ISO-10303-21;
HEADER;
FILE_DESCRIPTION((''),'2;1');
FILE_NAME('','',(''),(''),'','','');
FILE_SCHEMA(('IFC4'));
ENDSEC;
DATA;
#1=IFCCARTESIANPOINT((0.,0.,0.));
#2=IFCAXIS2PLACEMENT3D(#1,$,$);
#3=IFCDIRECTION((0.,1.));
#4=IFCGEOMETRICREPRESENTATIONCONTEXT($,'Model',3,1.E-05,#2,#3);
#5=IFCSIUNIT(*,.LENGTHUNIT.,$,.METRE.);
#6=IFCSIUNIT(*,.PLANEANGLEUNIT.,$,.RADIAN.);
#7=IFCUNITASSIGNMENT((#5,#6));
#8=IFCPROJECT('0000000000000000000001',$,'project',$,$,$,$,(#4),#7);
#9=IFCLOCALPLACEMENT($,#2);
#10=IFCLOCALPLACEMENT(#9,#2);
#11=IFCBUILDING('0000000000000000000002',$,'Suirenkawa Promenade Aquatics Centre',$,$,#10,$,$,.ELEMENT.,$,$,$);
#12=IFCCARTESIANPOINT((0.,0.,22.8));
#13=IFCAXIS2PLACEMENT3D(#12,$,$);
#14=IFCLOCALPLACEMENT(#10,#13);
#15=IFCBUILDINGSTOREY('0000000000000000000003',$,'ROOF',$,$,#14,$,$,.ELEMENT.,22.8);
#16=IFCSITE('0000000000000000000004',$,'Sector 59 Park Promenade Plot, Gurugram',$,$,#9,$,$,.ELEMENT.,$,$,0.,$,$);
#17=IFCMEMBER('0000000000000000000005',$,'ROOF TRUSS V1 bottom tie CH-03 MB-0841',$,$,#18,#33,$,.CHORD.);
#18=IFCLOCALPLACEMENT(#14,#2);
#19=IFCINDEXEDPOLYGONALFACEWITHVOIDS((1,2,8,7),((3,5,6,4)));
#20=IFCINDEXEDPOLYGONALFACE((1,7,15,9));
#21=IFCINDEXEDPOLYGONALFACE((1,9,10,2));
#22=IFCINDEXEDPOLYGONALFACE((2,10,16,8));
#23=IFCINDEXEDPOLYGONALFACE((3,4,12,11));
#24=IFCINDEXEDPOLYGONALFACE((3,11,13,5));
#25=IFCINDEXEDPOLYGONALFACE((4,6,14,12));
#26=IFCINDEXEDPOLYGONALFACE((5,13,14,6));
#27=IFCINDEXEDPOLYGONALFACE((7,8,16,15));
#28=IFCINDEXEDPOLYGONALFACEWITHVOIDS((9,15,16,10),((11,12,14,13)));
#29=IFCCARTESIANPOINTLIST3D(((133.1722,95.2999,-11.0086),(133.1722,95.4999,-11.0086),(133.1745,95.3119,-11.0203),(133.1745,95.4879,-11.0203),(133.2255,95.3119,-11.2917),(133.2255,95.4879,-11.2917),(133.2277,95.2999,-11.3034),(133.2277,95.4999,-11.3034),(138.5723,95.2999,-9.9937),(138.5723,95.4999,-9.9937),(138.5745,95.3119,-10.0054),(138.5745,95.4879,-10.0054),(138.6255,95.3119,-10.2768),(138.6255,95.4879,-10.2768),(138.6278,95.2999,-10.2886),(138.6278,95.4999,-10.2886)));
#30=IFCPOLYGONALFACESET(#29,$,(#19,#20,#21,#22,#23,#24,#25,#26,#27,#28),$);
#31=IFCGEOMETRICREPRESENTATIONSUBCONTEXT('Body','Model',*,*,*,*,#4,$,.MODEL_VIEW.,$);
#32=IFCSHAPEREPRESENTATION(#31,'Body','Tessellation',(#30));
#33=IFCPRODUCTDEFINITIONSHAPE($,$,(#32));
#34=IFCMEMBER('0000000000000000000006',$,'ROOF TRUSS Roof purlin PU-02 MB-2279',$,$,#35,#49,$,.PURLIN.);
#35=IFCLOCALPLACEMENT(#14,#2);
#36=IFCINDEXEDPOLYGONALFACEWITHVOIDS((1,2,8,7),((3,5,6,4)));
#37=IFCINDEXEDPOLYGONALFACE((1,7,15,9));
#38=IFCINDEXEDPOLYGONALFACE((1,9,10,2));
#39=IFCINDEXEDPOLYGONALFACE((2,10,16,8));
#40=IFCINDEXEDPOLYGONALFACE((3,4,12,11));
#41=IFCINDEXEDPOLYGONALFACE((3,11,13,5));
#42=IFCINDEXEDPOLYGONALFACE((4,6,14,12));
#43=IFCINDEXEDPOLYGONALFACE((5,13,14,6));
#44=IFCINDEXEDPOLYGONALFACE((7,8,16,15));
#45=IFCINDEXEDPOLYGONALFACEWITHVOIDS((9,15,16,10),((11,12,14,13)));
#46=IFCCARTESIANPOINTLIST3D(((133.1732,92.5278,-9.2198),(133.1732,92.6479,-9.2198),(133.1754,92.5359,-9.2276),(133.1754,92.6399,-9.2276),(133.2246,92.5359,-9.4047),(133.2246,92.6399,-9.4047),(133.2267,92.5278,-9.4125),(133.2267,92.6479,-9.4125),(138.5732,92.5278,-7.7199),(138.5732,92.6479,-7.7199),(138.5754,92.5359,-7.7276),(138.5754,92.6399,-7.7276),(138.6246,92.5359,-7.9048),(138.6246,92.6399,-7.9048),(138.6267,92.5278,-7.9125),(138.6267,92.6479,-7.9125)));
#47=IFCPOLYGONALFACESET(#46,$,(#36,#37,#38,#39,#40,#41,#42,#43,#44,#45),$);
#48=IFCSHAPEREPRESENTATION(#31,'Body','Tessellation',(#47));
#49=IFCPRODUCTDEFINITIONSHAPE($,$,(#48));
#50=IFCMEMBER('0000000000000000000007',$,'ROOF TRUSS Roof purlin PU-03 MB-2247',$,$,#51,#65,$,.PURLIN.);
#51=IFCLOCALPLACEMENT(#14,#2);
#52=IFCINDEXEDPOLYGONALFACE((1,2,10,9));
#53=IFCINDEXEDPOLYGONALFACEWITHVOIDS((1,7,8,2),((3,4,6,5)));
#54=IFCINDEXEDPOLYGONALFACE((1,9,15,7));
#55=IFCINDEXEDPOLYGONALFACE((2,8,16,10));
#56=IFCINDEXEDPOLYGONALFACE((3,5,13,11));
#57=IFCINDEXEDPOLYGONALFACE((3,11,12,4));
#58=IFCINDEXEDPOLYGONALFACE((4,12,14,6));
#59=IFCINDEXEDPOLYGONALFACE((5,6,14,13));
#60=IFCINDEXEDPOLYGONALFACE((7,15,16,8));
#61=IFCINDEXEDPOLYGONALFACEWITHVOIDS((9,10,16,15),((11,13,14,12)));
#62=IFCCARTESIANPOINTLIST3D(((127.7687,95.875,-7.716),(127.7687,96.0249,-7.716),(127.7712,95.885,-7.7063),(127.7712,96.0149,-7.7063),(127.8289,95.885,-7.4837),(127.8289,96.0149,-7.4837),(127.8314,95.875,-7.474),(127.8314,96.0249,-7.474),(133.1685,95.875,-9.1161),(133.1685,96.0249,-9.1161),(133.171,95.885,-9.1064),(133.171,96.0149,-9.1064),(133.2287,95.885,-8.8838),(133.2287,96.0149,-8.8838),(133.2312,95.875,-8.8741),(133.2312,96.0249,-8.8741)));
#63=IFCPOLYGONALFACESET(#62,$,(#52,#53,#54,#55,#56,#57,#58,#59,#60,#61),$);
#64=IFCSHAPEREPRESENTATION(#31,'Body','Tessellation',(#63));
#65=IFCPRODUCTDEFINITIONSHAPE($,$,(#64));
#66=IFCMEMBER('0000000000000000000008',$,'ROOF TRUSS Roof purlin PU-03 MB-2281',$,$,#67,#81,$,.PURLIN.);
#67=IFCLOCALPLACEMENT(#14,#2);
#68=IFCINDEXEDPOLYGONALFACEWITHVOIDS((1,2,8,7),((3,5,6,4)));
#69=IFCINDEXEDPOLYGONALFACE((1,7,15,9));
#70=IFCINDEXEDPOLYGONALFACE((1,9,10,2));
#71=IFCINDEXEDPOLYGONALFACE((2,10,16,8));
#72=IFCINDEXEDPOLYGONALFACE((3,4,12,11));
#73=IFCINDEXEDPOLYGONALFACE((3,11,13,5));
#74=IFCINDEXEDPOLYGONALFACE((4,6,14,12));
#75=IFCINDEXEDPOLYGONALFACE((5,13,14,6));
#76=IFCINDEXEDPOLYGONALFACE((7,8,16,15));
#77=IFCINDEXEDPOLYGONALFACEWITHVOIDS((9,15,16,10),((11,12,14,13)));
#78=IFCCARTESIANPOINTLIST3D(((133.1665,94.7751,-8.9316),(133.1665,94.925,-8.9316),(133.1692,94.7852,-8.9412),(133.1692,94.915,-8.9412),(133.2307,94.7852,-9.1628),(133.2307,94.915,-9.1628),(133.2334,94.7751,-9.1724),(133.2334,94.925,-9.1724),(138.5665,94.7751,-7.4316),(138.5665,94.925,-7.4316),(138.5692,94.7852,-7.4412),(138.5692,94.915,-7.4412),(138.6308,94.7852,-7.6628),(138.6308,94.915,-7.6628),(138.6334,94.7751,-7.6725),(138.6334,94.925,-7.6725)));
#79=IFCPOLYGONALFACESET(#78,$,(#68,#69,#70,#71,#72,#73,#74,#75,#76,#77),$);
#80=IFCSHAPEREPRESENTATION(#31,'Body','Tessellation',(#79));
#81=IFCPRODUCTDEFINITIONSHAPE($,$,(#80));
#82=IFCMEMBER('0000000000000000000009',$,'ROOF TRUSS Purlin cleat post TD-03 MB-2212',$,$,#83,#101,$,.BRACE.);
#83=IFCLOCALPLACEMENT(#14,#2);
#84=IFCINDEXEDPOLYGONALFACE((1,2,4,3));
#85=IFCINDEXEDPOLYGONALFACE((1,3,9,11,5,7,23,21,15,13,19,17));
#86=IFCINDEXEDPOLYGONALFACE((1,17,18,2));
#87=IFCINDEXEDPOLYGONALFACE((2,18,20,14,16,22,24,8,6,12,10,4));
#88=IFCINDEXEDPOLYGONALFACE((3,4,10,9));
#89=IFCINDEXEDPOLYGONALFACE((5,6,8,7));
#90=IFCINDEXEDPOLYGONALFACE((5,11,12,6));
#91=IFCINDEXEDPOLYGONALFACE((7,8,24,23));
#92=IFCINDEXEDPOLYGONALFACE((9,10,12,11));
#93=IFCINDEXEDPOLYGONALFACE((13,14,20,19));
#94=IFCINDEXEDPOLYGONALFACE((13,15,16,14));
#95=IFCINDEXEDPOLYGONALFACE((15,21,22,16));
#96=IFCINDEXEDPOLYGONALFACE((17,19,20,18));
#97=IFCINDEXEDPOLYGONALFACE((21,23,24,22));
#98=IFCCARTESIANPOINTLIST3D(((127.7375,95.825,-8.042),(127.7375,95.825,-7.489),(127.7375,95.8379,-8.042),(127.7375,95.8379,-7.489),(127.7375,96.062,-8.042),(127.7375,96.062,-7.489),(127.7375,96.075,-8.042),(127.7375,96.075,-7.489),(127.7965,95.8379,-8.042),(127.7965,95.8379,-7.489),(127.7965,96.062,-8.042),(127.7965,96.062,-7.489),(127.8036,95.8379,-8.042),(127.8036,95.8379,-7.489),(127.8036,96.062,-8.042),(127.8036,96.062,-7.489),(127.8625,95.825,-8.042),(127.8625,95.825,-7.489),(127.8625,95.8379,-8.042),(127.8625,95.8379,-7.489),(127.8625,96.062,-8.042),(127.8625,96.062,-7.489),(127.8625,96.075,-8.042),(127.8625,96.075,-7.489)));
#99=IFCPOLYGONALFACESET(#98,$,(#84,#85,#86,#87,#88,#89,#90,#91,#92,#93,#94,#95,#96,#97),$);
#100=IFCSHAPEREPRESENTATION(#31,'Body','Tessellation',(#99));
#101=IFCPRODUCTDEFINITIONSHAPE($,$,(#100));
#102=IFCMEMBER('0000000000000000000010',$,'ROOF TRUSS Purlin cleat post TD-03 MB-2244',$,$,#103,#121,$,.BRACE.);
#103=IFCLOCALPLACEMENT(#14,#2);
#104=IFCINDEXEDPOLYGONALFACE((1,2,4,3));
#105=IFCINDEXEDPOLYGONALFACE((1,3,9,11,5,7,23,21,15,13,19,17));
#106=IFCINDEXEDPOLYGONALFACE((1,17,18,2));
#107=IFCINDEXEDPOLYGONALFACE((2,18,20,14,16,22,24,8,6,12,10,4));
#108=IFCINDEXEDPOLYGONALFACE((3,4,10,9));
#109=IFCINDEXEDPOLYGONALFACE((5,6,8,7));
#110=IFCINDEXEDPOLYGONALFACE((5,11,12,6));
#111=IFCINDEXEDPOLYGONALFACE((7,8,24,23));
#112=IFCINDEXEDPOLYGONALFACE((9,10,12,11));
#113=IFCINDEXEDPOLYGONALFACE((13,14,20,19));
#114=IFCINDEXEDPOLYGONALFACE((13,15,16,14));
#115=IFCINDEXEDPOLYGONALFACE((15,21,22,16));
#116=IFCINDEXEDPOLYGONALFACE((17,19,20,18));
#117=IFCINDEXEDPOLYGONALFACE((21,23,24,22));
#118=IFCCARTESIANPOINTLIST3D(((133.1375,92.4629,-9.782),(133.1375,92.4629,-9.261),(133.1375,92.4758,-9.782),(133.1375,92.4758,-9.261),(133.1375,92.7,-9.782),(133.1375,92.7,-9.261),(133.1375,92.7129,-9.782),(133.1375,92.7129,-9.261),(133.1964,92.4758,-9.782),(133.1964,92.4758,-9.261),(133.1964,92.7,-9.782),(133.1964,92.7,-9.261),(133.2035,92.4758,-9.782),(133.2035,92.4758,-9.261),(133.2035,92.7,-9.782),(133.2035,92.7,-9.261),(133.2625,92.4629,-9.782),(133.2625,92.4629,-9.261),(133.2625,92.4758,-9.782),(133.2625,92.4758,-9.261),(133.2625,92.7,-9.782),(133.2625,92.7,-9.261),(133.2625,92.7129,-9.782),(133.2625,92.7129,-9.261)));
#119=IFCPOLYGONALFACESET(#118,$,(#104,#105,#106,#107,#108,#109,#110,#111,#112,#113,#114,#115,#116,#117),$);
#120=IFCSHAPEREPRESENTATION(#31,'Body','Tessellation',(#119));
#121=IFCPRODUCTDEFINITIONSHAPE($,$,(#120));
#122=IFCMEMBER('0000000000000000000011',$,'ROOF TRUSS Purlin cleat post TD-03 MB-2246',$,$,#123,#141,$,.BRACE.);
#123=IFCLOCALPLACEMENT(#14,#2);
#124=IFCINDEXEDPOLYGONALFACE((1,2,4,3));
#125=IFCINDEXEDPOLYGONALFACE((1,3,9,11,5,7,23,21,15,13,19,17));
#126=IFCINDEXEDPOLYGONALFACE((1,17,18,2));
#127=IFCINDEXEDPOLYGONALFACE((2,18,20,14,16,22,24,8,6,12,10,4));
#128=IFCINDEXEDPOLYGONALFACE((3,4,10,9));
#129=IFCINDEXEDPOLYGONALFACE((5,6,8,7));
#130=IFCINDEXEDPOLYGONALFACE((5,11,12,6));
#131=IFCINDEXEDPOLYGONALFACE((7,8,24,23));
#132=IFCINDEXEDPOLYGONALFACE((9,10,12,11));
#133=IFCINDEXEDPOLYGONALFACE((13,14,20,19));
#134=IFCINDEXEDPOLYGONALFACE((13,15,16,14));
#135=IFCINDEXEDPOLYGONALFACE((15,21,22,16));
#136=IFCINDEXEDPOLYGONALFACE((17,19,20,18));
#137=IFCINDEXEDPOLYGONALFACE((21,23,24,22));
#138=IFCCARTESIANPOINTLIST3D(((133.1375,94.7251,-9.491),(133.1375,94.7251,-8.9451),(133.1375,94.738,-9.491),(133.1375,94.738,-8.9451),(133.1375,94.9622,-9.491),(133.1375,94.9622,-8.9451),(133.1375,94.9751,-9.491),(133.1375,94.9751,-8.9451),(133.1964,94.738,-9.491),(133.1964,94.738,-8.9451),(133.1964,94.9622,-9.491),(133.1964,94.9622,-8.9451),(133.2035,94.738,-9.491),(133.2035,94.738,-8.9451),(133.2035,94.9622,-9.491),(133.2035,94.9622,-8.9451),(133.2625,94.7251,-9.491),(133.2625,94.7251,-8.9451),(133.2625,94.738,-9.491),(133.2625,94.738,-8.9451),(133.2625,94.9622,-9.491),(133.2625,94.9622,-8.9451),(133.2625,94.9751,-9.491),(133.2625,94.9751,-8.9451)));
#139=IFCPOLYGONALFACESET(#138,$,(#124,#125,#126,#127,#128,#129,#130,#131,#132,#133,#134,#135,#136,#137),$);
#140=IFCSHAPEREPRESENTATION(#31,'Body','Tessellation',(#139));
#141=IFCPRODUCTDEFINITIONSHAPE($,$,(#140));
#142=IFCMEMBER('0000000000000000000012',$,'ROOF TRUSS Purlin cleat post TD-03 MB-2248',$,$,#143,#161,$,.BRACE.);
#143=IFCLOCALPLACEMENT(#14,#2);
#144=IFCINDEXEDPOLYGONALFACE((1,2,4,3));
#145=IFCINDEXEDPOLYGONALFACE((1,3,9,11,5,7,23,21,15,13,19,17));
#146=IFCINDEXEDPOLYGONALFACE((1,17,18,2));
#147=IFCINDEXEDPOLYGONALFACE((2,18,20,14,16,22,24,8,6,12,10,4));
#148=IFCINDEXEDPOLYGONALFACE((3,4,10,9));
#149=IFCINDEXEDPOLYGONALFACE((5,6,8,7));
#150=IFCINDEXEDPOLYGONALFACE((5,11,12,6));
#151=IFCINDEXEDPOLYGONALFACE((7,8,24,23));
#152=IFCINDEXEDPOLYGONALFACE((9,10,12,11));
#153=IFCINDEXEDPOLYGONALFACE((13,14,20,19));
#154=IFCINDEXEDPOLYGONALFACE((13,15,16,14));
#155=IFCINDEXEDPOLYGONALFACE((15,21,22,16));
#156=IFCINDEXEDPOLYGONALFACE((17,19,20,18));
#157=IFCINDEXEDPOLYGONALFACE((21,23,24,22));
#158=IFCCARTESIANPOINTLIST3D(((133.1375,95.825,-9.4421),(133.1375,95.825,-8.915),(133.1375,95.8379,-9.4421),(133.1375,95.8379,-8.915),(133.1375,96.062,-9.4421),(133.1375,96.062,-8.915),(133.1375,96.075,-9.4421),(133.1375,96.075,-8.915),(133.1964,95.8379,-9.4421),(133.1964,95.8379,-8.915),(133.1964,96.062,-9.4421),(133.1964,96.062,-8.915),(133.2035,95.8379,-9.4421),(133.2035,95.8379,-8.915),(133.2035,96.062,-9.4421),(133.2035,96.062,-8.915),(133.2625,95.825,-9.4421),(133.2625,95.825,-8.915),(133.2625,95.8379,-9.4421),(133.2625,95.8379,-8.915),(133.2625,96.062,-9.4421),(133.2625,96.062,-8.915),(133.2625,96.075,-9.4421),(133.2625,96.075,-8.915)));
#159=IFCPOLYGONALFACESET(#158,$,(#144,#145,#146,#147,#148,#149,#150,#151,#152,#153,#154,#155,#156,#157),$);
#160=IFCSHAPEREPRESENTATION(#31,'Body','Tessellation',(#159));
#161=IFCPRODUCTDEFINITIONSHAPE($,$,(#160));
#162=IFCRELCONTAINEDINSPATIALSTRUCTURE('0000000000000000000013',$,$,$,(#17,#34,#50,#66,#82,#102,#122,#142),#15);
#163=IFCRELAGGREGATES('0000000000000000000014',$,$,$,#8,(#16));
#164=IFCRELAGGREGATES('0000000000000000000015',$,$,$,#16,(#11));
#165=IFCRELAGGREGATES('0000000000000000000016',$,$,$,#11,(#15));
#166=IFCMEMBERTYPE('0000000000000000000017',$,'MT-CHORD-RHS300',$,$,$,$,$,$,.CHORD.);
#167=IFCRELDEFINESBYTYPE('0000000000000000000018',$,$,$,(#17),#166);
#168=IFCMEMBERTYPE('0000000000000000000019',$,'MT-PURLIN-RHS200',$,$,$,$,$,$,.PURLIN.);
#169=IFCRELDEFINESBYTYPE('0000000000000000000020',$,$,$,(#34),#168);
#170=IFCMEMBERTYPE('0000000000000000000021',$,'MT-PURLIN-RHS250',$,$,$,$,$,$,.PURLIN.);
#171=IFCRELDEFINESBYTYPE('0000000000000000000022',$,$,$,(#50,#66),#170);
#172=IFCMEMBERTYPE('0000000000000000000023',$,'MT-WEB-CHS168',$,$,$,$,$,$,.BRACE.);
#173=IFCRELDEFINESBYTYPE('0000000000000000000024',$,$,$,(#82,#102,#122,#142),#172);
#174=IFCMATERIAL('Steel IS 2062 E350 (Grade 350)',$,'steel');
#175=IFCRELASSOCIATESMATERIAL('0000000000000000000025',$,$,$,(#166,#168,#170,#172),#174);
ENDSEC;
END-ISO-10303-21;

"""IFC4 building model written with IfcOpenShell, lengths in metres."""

from ifc_helpers import new_model, si_unit, direction, frame, origin, origin_2d, place, context, subcontext, project, spatial, hollow_rectangle, i_section, extrude, material, material_profile, profile_set, type_object, element, save


model = new_model("IFC4")

# Units and contexts
model_context = context("Model", 3, precision=1e-05, world=origin(), true_north=direction((0.0, 1.0)))
body_context = subcontext(model_context, "Body", "Model", "MODEL_VIEW")
ifc_project = project(units=[si_unit("LENGTHUNIT", "METRE"), si_unit("PLANEANGLEUNIT", "RADIAN")], contexts=[model_context])

# Site, building, storey
site_placement = place(None, origin())
site = spatial("IfcSite", under=ifc_project, at=site_placement, Name="Sector 59 Park Promenade Plot, Gurugram", CompositionType="ELEMENT", RefElevation=0.0)
building_placement = place(site_placement, origin())
building = spatial("IfcBuilding", under=site, at=building_placement, Name="Suirenkawa Promenade Aquatics Centre", CompositionType="ELEMENT")
storey_placement = place(building_placement, frame((0.0, 0.0, 22.8)))
storey = spatial("IfcBuildingStorey", under=building, at=storey_placement, Name="ROOF", CompositionType="ELEMENT", Elevation=22.8)

# Shared definitions
ifc_material_1 = material(Name="Steel IS 2062 E350 (Grade 350)", Category="steel")

# Members
ifc_material_profile_1 = material_profile(ifc_material_1, hollow_rectangle(XDim=0.2, YDim=0.3, WallThickness=0.012, at=origin_2d()), Name="RHS 300x200x12", Category="steel")
ifc_profile_set_1 = profile_set([ifc_material_profile_1], Name="Steel IS 2062 E350 (Grade 350)")
member_type_1 = type_object("IfcMemberType", Name="MT-CHORD-RHS300", PredefinedType="CHORD", material=ifc_profile_set_1)
member_1_placement = place(storey_placement, frame((133.2, 95.3999, -11.156), z_axis=(0.982794, 0.0, 0.184704), x_axis=(0.0, 1.0, 0.0)))
element("IfcMember", 1, at=member_1_placement, inside=storey, type_object=member_type_1, Name="ROOF TRUSS V1 bottom tie CH-03 MB-0841", PredefinedType="CHORD", context=body_context, shape_type="SweptSolid", body=[
    extrude(hollow_rectangle(XDim=0.2, YDim=0.3, WallThickness=0.012, at=origin_2d()), origin(), (0.0, 0.0, 1.0), 5.4946),
])
ifc_material_profile_2 = material_profile(ifc_material_1, hollow_rectangle(XDim=0.1201, YDim=0.2, WallThickness=0.0081, at=origin_2d()), Name="RHS 200x120x8", Category="steel")
ifc_profile_set_2 = profile_set([ifc_material_profile_2], Name="Steel IS 2062 E350 (Grade 350)")
member_type_2 = type_object("IfcMemberType", Name="MT-PURLIN-RHS200", PredefinedType="PURLIN", material=ifc_profile_set_2)
member_2_placement = place(storey_placement, frame((133.2, 92.5879, -9.3162), z_axis=(0.96352, 0.0, 0.267637), x_axis=(0.0, 1.0, 0.0)))
element("IfcMember", 2, at=member_2_placement, inside=storey, type_object=member_type_2, Name="ROOF TRUSS Roof purlin PU-02 MB-2279", PredefinedType="PURLIN", context=body_context, shape_type="SweptSolid", body=[
    extrude(hollow_rectangle(XDim=0.1201, YDim=0.2, WallThickness=0.0081, at=origin_2d()), origin(), (0.0, 0.0, 1.0), 5.6045),
])
ifc_material_profile_3 = material_profile(ifc_material_1, hollow_rectangle(XDim=0.1499, YDim=0.25, WallThickness=0.01, at=origin_2d()), Name="RHS 250x150x10", Category="steel")
ifc_profile_set_3 = profile_set([ifc_material_profile_3], Name="Steel IS 2062 E350 (Grade 350)")
member_type_3 = type_object("IfcMemberType", Name="MT-PURLIN-RHS250", PredefinedType="PURLIN", material=ifc_profile_set_3)
member_3_placement = place(storey_placement, frame((127.8, 95.95, -7.595), z_axis=(0.967989, 0.0, -0.250991), x_axis=(0.0, 1.0, 0.0)))
element("IfcMember", 3, at=member_3_placement, inside=storey, type_object=member_type_3, Name="ROOF TRUSS Roof purlin PU-03 MB-2247", PredefinedType="PURLIN", context=body_context, shape_type="SweptSolid", body=[
    extrude(hollow_rectangle(XDim=0.1499, YDim=0.25, WallThickness=0.01, at=origin_2d()), origin(), (0.0, 0.0, 1.0), 5.5784),
])
member_4_placement = place(storey_placement, frame((133.2, 94.8501, -9.052), z_axis=(0.96352, 0.0, 0.267637), x_axis=(0.0, 1.0, 0.0)))
element("IfcMember", 4, at=member_4_placement, inside=storey, type_object=member_type_3, Name="ROOF TRUSS Roof purlin PU-03 MB-2281", PredefinedType="PURLIN", context=body_context, shape_type="SweptSolid", body=[
    extrude(hollow_rectangle(XDim=0.1499, YDim=0.25, WallThickness=0.01, at=origin_2d()), origin(), (0.0, 0.0, 1.0), 5.6045),
])
ifc_material_profile_4 = material_profile(ifc_material_1, i_section(OverallWidth=0.125, OverallDepth=0.25, WebThickness=0.0071, FlangeThickness=0.0129, at=origin_2d()), Name="ISMB 250", Category="steel")
ifc_profile_set_4 = profile_set([ifc_material_profile_4], Name="Steel IS 2062 E350 (Grade 350)")
member_type_4 = type_object("IfcMemberType", Name="MT-WEB-CHS168", PredefinedType="BRACE", material=ifc_profile_set_4)
member_5_placement = place(storey_placement, frame((127.8, 95.95, -8.042), z_axis=(0.0, 0.0, 1.0), x_axis=(1.0, 0.0, 0.0)))
element("IfcMember", 5, at=member_5_placement, inside=storey, type_object=member_type_4, Name="ROOF TRUSS Purlin cleat post TD-03 MB-2212", PredefinedType="BRACE", context=body_context, shape_type="SweptSolid", body=[
    extrude(i_section(OverallWidth=0.125, OverallDepth=0.25, WebThickness=0.0071, FlangeThickness=0.0129, at=origin_2d()), origin(), (0.0, 0.0, 1.0), 0.553),
])
member_6_placement = place(storey_placement, frame((133.2, 92.5879, -9.782), z_axis=(0.0, 0.0, 1.0), x_axis=(1.0, 0.0, 0.0)))
element("IfcMember", 6, at=member_6_placement, inside=storey, type_object=member_type_4, Name="ROOF TRUSS Purlin cleat post TD-03 MB-2244", PredefinedType="BRACE", context=body_context, shape_type="SweptSolid", body=[
    extrude(i_section(OverallWidth=0.125, OverallDepth=0.25, WebThickness=0.0071, FlangeThickness=0.0129, at=origin_2d()), origin(), (0.0, 0.0, 1.0), 0.521),
])
member_7_placement = place(storey_placement, frame((133.2, 94.8501, -9.491), z_axis=(0.0, 0.0, 1.0), x_axis=(1.0, 0.0, 0.0)))
element("IfcMember", 7, at=member_7_placement, inside=storey, type_object=member_type_4, Name="ROOF TRUSS Purlin cleat post TD-03 MB-2246", PredefinedType="BRACE", context=body_context, shape_type="SweptSolid", body=[
    extrude(i_section(OverallWidth=0.125, OverallDepth=0.25, WebThickness=0.0071, FlangeThickness=0.0129, at=origin_2d()), origin(), (0.0, 0.0, 1.0), 0.5459),
])
member_8_placement = place(storey_placement, frame((133.2, 95.95, -9.4421), z_axis=(0.0, 0.0, 1.0), x_axis=(1.0, 0.0, 0.0)))
element("IfcMember", 8, at=member_8_placement, inside=storey, type_object=member_type_4, Name="ROOF TRUSS Purlin cleat post TD-03 MB-2248", PredefinedType="BRACE", context=body_context, shape_type="SweptSolid", body=[
    extrude(i_section(OverallWidth=0.125, OverallDepth=0.25, WebThickness=0.0071, FlangeThickness=0.0129, at=origin_2d()), origin(), (0.0, 0.0, 1.0), 0.5271),
])

save(model, "model.ifc")
